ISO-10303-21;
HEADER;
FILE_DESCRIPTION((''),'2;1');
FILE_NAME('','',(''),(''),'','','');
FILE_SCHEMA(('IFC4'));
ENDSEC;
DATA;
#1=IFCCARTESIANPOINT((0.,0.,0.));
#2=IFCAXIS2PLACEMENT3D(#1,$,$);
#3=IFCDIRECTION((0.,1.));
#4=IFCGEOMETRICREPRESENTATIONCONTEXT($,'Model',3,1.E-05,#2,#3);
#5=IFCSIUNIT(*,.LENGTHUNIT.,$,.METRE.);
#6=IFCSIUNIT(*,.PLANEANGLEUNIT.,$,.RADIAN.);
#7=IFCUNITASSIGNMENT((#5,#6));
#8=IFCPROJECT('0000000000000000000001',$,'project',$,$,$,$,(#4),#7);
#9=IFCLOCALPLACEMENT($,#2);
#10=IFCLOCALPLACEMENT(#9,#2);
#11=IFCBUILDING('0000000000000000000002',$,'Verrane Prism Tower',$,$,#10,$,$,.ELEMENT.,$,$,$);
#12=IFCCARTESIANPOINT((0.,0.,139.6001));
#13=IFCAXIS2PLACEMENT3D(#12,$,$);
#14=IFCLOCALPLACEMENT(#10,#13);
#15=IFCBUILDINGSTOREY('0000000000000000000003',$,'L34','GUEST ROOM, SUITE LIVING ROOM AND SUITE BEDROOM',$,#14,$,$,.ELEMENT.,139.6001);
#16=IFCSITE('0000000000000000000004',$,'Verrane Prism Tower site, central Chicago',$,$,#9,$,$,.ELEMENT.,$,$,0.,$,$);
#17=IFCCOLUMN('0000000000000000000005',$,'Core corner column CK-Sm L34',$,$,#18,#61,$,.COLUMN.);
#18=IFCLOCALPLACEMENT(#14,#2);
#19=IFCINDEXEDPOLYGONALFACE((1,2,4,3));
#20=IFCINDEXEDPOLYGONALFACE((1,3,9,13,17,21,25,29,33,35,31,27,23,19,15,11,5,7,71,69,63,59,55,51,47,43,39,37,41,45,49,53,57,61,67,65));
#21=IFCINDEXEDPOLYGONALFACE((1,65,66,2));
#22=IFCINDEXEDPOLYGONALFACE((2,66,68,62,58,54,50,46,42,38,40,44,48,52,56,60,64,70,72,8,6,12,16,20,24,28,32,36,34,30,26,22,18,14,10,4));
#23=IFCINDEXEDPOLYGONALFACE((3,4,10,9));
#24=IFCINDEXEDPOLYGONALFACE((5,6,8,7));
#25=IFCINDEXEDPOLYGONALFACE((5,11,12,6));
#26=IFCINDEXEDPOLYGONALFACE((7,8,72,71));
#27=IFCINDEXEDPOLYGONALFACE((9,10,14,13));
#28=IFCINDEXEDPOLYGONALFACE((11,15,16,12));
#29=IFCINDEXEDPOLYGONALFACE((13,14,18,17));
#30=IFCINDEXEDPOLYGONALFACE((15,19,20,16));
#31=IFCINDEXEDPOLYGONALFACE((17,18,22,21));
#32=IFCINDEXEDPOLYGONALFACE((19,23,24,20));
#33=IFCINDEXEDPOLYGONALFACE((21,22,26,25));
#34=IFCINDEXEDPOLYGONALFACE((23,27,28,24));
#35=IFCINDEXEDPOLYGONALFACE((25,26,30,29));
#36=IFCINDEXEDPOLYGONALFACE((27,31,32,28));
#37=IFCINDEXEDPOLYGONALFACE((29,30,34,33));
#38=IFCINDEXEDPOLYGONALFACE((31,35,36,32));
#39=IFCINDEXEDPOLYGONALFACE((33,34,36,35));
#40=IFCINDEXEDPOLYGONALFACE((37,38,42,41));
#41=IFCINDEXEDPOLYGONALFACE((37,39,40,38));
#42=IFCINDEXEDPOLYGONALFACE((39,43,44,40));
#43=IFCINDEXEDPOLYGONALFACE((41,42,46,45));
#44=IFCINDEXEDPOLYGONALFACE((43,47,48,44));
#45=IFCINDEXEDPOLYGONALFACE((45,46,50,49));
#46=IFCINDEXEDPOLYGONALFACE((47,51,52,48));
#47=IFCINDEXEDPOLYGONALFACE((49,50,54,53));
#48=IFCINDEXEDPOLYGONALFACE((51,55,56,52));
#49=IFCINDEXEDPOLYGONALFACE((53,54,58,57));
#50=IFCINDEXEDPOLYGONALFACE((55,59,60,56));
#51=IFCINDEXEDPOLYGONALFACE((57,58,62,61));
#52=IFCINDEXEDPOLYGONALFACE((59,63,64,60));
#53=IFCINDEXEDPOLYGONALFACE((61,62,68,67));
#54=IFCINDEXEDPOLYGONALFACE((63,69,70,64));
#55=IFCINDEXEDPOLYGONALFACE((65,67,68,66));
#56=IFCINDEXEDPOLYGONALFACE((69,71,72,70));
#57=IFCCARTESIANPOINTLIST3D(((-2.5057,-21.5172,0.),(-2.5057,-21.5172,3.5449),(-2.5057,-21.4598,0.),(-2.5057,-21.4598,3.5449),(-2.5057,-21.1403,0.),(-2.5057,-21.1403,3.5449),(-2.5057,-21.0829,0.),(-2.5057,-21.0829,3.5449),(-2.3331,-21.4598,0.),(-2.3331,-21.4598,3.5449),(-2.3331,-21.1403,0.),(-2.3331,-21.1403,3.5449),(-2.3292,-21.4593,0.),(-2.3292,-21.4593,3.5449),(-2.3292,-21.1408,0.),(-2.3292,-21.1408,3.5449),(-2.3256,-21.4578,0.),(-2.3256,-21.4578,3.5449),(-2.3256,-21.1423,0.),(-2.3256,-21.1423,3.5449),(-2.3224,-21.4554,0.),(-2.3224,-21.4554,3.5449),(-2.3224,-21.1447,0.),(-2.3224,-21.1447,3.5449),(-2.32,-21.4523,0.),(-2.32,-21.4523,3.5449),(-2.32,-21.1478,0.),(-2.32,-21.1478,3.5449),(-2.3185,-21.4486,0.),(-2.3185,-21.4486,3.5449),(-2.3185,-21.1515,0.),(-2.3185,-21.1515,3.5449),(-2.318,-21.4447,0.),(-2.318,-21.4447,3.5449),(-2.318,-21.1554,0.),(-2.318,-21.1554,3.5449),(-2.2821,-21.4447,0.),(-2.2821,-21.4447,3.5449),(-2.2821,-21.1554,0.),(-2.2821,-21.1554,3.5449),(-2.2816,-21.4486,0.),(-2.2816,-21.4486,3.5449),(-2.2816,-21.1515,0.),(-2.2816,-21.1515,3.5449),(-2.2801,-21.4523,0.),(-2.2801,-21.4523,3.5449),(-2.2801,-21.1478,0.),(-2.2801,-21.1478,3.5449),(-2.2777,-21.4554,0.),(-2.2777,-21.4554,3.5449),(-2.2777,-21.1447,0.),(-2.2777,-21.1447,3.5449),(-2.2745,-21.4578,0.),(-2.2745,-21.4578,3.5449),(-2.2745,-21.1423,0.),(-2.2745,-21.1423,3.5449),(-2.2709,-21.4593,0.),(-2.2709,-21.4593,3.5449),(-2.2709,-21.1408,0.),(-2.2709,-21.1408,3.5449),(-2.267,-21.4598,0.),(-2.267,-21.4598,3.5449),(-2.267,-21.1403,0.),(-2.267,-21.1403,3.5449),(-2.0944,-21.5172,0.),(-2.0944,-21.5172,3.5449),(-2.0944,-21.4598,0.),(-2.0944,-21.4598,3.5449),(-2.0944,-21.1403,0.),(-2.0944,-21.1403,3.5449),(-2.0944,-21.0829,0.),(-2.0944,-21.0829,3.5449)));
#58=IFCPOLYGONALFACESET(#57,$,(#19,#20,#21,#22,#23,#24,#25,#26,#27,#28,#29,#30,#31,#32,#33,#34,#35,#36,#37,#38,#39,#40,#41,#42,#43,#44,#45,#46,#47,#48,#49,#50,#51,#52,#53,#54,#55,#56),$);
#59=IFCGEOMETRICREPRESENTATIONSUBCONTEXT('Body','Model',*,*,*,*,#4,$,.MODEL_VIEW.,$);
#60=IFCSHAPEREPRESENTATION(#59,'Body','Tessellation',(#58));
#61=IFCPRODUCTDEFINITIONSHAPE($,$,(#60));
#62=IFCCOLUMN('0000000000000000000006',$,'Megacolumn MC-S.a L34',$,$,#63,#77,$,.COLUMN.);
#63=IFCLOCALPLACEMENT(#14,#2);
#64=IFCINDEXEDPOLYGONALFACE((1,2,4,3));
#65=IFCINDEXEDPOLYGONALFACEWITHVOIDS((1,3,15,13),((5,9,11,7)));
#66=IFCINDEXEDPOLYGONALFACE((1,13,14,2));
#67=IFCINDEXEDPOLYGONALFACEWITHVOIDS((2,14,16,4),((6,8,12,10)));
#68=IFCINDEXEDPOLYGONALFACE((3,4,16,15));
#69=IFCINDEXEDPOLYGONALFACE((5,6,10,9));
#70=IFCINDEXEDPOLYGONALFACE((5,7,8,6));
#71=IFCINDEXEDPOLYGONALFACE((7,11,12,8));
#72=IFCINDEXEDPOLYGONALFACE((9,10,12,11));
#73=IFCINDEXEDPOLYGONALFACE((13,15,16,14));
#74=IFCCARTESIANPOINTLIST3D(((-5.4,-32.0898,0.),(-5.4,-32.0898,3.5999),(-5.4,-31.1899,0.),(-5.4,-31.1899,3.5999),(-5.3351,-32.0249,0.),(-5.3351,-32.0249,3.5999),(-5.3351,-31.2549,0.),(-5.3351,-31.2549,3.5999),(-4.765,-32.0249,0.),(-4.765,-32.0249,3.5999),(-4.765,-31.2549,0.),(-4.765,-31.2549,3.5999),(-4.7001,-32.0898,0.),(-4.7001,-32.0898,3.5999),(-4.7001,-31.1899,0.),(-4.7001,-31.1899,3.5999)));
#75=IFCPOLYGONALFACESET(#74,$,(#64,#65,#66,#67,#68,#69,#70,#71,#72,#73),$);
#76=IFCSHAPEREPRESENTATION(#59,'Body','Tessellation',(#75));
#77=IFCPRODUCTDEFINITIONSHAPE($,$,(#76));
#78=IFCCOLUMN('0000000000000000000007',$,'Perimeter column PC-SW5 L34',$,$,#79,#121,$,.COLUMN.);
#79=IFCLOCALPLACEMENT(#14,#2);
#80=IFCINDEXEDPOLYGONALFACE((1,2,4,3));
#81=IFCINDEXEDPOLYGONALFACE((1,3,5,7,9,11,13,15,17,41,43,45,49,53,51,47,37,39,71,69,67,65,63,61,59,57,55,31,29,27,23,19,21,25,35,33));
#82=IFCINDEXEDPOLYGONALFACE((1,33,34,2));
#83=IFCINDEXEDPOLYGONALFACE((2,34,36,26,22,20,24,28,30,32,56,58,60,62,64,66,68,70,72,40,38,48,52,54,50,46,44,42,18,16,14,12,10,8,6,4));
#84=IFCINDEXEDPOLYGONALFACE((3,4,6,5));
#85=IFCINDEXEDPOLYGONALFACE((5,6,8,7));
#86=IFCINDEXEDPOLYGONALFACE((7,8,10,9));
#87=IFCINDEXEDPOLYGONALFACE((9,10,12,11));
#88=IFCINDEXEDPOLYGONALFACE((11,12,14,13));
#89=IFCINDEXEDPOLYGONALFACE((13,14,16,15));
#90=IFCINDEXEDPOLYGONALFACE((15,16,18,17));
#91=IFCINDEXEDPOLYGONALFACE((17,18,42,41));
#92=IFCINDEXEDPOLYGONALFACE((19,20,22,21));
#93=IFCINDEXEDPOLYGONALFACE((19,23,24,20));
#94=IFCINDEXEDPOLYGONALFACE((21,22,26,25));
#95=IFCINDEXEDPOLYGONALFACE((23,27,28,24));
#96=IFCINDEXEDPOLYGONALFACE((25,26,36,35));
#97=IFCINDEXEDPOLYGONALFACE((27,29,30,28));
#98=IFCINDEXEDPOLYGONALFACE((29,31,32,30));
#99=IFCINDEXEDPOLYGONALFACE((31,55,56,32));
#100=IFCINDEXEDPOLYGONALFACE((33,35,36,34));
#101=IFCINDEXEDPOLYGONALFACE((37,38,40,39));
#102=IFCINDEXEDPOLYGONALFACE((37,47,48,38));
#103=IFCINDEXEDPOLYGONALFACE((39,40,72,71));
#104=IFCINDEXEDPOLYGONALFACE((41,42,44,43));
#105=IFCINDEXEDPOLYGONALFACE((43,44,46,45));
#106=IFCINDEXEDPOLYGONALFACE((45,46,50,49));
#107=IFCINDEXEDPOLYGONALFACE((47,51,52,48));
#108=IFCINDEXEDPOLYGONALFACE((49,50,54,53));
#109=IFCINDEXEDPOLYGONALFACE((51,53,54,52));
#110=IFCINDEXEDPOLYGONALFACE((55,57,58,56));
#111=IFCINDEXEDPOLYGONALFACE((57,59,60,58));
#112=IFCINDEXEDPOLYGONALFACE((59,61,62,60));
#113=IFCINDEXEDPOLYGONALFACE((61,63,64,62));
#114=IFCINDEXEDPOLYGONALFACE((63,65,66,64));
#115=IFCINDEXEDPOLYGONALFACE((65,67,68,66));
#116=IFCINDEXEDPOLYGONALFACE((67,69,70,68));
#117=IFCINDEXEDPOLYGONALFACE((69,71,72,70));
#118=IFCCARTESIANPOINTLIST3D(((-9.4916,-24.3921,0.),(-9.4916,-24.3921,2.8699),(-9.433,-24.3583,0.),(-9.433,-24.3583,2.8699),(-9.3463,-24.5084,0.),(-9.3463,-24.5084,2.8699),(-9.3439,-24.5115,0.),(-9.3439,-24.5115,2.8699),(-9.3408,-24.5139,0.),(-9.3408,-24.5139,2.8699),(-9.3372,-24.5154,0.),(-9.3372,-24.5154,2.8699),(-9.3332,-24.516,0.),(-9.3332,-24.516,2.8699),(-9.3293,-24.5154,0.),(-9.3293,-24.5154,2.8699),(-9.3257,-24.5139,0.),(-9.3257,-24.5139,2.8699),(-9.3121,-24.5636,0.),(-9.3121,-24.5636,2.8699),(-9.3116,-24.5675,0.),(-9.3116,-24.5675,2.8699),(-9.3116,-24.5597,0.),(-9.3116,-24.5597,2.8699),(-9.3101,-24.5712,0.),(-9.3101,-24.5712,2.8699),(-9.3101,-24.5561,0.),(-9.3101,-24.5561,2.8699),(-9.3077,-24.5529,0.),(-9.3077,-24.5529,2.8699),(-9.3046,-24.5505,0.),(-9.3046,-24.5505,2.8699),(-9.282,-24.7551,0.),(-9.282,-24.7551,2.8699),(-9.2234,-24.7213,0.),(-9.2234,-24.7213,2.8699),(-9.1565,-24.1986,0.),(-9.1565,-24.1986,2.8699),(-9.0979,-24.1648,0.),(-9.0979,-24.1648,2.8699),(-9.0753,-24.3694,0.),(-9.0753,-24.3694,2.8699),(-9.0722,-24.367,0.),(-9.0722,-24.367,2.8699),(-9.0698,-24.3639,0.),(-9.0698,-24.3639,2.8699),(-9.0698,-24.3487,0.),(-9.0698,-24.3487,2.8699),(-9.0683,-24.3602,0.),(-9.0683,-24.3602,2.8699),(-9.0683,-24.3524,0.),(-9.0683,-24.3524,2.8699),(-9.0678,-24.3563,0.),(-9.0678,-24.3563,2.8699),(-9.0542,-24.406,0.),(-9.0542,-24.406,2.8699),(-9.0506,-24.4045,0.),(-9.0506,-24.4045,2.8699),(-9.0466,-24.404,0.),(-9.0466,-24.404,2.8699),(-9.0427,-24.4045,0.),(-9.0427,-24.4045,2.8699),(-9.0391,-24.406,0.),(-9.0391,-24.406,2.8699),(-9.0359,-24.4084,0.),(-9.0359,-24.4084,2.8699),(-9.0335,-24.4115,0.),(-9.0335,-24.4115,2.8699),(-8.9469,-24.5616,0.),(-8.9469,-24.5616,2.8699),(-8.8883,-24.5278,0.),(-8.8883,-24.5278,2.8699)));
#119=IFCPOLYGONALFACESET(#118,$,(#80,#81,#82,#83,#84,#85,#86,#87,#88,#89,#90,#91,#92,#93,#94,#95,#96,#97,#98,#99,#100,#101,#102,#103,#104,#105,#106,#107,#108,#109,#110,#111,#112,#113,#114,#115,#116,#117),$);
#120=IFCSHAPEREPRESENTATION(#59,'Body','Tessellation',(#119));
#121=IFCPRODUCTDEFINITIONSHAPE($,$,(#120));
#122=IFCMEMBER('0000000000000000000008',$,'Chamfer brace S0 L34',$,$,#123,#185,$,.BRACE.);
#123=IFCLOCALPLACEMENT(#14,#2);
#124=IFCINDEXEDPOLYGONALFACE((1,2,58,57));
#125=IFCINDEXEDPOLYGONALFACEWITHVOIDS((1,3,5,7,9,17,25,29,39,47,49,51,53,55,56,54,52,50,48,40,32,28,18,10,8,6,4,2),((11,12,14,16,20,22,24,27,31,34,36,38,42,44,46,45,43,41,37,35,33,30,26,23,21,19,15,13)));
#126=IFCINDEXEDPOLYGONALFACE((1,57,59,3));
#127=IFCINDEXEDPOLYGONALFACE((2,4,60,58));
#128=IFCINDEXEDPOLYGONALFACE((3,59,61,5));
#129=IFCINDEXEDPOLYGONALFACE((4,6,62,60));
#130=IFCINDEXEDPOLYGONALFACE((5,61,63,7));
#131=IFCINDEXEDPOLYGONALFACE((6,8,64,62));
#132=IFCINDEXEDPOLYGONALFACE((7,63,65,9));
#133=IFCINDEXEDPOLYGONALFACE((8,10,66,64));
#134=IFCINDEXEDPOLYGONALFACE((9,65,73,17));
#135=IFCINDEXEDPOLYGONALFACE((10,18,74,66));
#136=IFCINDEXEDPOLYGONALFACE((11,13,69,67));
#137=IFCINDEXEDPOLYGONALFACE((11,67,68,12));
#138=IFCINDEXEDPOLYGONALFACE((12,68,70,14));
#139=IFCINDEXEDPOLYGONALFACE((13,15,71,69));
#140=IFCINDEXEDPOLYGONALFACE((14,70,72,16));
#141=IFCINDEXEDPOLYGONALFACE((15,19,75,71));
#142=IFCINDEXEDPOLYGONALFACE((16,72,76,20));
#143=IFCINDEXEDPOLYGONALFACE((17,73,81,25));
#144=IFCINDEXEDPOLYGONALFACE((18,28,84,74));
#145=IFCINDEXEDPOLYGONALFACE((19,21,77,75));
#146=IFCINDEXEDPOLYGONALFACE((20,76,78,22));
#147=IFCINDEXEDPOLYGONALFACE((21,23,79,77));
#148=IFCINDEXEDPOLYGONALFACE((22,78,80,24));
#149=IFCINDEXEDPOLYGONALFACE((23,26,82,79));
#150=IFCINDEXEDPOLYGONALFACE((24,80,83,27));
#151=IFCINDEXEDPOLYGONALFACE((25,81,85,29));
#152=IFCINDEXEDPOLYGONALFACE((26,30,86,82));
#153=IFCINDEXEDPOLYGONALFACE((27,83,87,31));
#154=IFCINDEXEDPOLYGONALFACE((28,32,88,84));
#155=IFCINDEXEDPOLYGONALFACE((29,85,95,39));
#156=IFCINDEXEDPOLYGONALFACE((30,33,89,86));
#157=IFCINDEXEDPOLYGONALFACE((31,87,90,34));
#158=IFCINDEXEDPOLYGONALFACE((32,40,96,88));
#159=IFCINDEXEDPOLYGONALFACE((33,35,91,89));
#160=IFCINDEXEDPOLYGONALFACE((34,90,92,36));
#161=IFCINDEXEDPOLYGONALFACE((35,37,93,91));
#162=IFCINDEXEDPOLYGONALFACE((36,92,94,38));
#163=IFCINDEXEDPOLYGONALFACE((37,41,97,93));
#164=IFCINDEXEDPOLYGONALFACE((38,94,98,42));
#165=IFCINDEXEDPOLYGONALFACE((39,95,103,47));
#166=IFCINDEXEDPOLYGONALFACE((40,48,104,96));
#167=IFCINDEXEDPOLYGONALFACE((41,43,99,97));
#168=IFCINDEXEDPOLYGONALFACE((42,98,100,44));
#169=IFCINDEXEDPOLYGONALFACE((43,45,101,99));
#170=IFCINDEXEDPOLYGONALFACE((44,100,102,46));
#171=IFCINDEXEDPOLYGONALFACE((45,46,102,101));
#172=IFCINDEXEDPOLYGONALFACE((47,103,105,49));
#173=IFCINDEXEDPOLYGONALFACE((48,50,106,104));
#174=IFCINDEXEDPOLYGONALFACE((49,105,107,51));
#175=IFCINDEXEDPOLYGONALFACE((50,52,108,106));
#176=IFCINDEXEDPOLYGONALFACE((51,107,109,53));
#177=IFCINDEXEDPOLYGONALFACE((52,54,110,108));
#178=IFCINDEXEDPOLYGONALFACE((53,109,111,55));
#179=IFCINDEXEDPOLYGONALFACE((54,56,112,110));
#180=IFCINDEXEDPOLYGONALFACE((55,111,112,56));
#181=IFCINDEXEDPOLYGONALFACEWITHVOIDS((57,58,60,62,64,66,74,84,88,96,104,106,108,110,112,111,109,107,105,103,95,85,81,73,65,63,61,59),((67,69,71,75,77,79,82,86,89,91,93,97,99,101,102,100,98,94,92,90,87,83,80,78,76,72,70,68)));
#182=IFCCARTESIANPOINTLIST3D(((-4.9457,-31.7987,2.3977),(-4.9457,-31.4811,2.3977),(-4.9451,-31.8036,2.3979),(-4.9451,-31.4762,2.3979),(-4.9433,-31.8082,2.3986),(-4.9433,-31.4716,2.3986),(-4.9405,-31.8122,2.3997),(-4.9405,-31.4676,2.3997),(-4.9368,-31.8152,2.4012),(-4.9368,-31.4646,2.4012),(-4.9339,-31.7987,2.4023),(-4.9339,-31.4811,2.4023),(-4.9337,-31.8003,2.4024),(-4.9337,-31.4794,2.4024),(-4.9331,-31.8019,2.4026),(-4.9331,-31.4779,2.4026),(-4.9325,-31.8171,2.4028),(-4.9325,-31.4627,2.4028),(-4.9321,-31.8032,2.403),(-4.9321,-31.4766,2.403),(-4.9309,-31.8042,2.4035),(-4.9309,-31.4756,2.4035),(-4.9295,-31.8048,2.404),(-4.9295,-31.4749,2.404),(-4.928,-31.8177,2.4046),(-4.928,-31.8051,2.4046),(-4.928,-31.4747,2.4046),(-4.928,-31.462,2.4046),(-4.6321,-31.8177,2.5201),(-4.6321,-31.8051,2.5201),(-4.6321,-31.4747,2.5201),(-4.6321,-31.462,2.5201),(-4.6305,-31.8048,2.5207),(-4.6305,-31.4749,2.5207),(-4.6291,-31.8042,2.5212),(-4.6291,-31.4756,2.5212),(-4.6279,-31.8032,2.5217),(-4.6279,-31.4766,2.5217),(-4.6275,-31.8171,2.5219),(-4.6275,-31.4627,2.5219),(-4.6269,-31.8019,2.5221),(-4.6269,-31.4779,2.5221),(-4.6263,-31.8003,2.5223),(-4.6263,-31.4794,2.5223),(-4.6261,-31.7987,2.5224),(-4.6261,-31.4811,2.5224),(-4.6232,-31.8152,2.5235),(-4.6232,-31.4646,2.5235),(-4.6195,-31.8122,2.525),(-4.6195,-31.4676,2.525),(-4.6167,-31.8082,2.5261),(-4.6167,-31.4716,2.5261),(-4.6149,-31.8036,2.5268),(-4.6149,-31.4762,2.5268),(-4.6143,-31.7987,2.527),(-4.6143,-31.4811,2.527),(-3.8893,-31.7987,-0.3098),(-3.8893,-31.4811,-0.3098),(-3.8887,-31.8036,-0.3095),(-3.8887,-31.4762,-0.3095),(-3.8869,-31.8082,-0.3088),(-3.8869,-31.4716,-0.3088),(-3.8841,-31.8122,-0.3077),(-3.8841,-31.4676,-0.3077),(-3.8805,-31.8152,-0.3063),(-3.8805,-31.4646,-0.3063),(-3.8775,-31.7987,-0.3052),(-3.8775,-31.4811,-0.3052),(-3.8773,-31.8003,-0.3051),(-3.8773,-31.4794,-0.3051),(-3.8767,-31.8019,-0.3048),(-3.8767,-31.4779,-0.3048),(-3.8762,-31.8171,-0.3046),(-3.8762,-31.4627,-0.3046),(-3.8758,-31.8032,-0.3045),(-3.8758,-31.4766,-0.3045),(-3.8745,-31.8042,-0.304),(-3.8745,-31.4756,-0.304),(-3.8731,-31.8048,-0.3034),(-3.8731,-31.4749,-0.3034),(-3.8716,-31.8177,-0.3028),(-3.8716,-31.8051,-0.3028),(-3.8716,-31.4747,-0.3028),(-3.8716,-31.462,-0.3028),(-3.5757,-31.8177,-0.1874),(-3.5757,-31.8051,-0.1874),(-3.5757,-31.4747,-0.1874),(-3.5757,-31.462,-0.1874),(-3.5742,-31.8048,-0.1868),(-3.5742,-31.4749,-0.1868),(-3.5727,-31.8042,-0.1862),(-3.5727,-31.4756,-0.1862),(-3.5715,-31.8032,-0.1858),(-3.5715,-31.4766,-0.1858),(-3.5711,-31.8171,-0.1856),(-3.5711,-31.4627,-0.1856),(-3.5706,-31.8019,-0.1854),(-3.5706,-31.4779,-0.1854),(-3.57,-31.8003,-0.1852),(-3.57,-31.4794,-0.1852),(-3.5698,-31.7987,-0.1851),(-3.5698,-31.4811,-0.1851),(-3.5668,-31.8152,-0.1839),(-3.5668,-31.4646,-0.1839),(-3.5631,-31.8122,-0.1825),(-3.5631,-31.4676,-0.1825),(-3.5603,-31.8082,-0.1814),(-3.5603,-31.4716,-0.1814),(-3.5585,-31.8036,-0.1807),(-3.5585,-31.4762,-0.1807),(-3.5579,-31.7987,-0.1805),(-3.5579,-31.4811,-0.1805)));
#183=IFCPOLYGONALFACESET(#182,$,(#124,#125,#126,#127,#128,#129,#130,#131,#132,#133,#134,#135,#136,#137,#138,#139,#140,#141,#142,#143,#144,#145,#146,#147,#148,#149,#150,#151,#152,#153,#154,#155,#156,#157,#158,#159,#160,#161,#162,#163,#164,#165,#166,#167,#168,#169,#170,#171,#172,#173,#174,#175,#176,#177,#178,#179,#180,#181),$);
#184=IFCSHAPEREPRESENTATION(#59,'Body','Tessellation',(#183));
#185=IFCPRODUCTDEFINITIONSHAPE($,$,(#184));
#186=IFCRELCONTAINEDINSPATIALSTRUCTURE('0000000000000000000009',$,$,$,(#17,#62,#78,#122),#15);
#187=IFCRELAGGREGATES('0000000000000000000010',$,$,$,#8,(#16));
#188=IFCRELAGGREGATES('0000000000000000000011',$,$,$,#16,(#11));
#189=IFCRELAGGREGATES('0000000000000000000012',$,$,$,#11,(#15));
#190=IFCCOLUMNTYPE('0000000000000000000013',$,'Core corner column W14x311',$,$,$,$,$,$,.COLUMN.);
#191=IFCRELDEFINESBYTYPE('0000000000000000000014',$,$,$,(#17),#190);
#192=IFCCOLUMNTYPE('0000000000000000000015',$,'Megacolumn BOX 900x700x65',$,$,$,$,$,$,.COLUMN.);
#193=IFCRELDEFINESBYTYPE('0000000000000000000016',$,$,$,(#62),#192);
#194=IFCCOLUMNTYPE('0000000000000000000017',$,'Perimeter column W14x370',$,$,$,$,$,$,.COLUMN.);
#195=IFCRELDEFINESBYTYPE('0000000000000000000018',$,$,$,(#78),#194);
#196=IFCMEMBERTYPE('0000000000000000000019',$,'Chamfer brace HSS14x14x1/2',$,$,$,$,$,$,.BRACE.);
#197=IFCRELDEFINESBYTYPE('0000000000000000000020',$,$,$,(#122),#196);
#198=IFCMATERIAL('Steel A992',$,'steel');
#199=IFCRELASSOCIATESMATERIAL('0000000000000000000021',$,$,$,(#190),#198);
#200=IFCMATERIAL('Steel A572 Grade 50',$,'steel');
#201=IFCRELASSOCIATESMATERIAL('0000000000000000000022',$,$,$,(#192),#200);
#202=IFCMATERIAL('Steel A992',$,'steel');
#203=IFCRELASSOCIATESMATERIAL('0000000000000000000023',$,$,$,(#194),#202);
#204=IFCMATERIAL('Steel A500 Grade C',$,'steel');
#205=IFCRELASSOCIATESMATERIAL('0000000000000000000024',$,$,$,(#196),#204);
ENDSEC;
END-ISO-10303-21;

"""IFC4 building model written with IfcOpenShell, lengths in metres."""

from ifc_helpers import new_model, si_unit, direction, frame, origin, origin_2d, place, context, subcontext, project, spatial, hollow_rectangle, i_section, extrude, material, material_profile, profile_set, type_object, element, save


model = new_model("IFC4")

# Units and contexts
model_context = context("Model", 3, precision=1e-05, world=origin(), true_north=direction((0.0, 1.0)))
body_context = subcontext(model_context, "Body", "Model", "MODEL_VIEW")
ifc_project = project(units=[si_unit("LENGTHUNIT", "METRE"), si_unit("PLANEANGLEUNIT", "RADIAN")], contexts=[model_context])

# Site, building, storey
site_placement = place(None, origin())
site = spatial("IfcSite", under=ifc_project, at=site_placement, Name="Verrane Prism Tower site, central Chicago", CompositionType="ELEMENT", RefElevation=0.0)
building_placement = place(site_placement, origin())
building = spatial("IfcBuilding", under=site, at=building_placement, Name="Verrane Prism Tower", CompositionType="ELEMENT")
storey_placement = place(building_placement, frame((0.0, 0.0, 139.6001)))
storey = spatial("IfcBuildingStorey", under=building, at=storey_placement, Name="L34", Description="GUEST ROOM, SUITE LIVING ROOM AND SUITE BEDROOM", CompositionType="ELEMENT", Elevation=139.6001)

# Columns
ifc_material_1 = material(Name="Steel A992", Category="steel")
ifc_material_profile_1 = material_profile(ifc_material_1, i_section(OverallWidth=0.4114, OverallDepth=0.4343, WebThickness=0.0359, FlangeThickness=0.0574, FilletRadius=0.0151, at=origin_2d()), Name="W14x311")
ifc_profile_set_1 = profile_set([ifc_material_profile_1], Name="Steel A992")
column_type_1 = type_object("IfcColumnType", Name="Core corner column W14x311", PredefinedType="COLUMN", material=ifc_profile_set_1)
column_1_placement = place(storey_placement, frame((-2.3, -21.3, 0.0), z_axis=(0.0, 0.0, 1.0), x_axis=(-1.0, 0.0, 0.0)))
element("IfcColumn", 1, at=column_1_placement, inside=storey, type_object=column_type_1, Name="Core corner column CK-Sm L34", PredefinedType="COLUMN", context=body_context, shape_type="SweptSolid", body=[
    extrude(i_section(OverallWidth=0.4114, OverallDepth=0.4343, WebThickness=0.0359, FlangeThickness=0.0574, FilletRadius=0.0151, at=origin_2d()), origin(), (0.0, 0.0, 1.0), 3.5449),
])
ifc_material_2 = material(Name="Steel A572 Grade 50", Category="steel")
ifc_material_profile_2 = material_profile(ifc_material_2, hollow_rectangle(XDim=0.7, YDim=0.8999, WallThickness=0.0649, at=origin_2d()), Name="BOX 900x700x65")
ifc_profile_set_2 = profile_set([ifc_material_profile_2], Name="Steel A572 Grade 50")
column_type_2 = type_object("IfcColumnType", Name="Megacolumn BOX 900x700x65", PredefinedType="COLUMN", material=ifc_profile_set_2)
column_2_placement = place(storey_placement, frame((-5.05, -31.6399, 0.0), z_axis=(0.0, 0.0, 1.0), x_axis=(-1.0, 0.0, 0.0)))
element("IfcColumn", 2, at=column_2_placement, inside=storey, type_object=column_type_2, Name="Megacolumn MC-S.a L34", PredefinedType="COLUMN", context=body_context, shape_type="SweptSolid", body=[
    extrude(hollow_rectangle(XDim=0.7, YDim=0.8999, WallThickness=0.0649, at=origin_2d()), origin(), (0.0, 0.0, 1.0), 3.5999),
])
ifc_material_3 = material(Name="Steel A992", Category="steel")
ifc_material_profile_3 = material_profile(ifc_material_3, i_section(OverallWidth=0.4192, OverallDepth=0.4546, WebThickness=0.0422, FlangeThickness=0.0676, FilletRadius=0.0151, at=origin_2d()), Name="W14x370")
ifc_profile_set_3 = profile_set([ifc_material_profile_3], Name="Steel A992")
column_type_3 = type_object("IfcColumnType", Name="Perimeter column W14x370", PredefinedType="COLUMN", material=ifc_profile_set_3)
column_3_placement = place(storey_placement, frame((-9.1899, -24.46, 0.0), z_axis=(0.0, 0.0, 1.0), x_axis=(-0.5, 0.866025, 0.0)))
element("IfcColumn", 3, at=column_3_placement, inside=storey, type_object=column_type_3, Name="Perimeter column PC-SW5 L34", PredefinedType="COLUMN", context=body_context, shape_type="SweptSolid", body=[
    extrude(i_section(OverallWidth=0.4192, OverallDepth=0.4546, WebThickness=0.0422, FlangeThickness=0.0676, FilletRadius=0.0151, at=origin_2d()), origin(), (0.0, 0.0, 1.0), 2.8699),
])

# Member
ifc_material_4 = material(Name="Steel A500 Grade C", Category="steel")
ifc_material_profile_4 = material_profile(ifc_material_4, hollow_rectangle(XDim=0.3557, YDim=0.3557, WallThickness=0.0127, InnerFilletRadius=0.0063, OuterFilletRadius=0.019, at=origin_2d()), Name="HSS14x14x1/2")
ifc_profile_set_4 = profile_set([ifc_material_profile_4], Name="Steel A500 Grade C")
member_type_1 = type_object("IfcMemberType", Name="Chamfer brace HSS14x14x1/2", PredefinedType="BRACE", material=ifc_profile_set_4)
member_1_placement = place(storey_placement, frame((-3.7236, -31.6399, -0.2451), z_axis=(-0.363484, 0.0, 0.931601), x_axis=(0.0, -1.0, 0.0)))
element("IfcMember", 4, at=member_1_placement, inside=storey, type_object=member_type_1, Name="Chamfer brace S0 L34", PredefinedType="BRACE", context=body_context, shape_type="SweptSolid", body=[
    extrude(hollow_rectangle(XDim=0.3557, YDim=0.3557, WallThickness=0.0127, InnerFilletRadius=0.0063, OuterFilletRadius=0.019, at=origin_2d()), origin(), (0.0, 0.0, 1.0), 2.9062),
])

save(model, "model.ifc")
